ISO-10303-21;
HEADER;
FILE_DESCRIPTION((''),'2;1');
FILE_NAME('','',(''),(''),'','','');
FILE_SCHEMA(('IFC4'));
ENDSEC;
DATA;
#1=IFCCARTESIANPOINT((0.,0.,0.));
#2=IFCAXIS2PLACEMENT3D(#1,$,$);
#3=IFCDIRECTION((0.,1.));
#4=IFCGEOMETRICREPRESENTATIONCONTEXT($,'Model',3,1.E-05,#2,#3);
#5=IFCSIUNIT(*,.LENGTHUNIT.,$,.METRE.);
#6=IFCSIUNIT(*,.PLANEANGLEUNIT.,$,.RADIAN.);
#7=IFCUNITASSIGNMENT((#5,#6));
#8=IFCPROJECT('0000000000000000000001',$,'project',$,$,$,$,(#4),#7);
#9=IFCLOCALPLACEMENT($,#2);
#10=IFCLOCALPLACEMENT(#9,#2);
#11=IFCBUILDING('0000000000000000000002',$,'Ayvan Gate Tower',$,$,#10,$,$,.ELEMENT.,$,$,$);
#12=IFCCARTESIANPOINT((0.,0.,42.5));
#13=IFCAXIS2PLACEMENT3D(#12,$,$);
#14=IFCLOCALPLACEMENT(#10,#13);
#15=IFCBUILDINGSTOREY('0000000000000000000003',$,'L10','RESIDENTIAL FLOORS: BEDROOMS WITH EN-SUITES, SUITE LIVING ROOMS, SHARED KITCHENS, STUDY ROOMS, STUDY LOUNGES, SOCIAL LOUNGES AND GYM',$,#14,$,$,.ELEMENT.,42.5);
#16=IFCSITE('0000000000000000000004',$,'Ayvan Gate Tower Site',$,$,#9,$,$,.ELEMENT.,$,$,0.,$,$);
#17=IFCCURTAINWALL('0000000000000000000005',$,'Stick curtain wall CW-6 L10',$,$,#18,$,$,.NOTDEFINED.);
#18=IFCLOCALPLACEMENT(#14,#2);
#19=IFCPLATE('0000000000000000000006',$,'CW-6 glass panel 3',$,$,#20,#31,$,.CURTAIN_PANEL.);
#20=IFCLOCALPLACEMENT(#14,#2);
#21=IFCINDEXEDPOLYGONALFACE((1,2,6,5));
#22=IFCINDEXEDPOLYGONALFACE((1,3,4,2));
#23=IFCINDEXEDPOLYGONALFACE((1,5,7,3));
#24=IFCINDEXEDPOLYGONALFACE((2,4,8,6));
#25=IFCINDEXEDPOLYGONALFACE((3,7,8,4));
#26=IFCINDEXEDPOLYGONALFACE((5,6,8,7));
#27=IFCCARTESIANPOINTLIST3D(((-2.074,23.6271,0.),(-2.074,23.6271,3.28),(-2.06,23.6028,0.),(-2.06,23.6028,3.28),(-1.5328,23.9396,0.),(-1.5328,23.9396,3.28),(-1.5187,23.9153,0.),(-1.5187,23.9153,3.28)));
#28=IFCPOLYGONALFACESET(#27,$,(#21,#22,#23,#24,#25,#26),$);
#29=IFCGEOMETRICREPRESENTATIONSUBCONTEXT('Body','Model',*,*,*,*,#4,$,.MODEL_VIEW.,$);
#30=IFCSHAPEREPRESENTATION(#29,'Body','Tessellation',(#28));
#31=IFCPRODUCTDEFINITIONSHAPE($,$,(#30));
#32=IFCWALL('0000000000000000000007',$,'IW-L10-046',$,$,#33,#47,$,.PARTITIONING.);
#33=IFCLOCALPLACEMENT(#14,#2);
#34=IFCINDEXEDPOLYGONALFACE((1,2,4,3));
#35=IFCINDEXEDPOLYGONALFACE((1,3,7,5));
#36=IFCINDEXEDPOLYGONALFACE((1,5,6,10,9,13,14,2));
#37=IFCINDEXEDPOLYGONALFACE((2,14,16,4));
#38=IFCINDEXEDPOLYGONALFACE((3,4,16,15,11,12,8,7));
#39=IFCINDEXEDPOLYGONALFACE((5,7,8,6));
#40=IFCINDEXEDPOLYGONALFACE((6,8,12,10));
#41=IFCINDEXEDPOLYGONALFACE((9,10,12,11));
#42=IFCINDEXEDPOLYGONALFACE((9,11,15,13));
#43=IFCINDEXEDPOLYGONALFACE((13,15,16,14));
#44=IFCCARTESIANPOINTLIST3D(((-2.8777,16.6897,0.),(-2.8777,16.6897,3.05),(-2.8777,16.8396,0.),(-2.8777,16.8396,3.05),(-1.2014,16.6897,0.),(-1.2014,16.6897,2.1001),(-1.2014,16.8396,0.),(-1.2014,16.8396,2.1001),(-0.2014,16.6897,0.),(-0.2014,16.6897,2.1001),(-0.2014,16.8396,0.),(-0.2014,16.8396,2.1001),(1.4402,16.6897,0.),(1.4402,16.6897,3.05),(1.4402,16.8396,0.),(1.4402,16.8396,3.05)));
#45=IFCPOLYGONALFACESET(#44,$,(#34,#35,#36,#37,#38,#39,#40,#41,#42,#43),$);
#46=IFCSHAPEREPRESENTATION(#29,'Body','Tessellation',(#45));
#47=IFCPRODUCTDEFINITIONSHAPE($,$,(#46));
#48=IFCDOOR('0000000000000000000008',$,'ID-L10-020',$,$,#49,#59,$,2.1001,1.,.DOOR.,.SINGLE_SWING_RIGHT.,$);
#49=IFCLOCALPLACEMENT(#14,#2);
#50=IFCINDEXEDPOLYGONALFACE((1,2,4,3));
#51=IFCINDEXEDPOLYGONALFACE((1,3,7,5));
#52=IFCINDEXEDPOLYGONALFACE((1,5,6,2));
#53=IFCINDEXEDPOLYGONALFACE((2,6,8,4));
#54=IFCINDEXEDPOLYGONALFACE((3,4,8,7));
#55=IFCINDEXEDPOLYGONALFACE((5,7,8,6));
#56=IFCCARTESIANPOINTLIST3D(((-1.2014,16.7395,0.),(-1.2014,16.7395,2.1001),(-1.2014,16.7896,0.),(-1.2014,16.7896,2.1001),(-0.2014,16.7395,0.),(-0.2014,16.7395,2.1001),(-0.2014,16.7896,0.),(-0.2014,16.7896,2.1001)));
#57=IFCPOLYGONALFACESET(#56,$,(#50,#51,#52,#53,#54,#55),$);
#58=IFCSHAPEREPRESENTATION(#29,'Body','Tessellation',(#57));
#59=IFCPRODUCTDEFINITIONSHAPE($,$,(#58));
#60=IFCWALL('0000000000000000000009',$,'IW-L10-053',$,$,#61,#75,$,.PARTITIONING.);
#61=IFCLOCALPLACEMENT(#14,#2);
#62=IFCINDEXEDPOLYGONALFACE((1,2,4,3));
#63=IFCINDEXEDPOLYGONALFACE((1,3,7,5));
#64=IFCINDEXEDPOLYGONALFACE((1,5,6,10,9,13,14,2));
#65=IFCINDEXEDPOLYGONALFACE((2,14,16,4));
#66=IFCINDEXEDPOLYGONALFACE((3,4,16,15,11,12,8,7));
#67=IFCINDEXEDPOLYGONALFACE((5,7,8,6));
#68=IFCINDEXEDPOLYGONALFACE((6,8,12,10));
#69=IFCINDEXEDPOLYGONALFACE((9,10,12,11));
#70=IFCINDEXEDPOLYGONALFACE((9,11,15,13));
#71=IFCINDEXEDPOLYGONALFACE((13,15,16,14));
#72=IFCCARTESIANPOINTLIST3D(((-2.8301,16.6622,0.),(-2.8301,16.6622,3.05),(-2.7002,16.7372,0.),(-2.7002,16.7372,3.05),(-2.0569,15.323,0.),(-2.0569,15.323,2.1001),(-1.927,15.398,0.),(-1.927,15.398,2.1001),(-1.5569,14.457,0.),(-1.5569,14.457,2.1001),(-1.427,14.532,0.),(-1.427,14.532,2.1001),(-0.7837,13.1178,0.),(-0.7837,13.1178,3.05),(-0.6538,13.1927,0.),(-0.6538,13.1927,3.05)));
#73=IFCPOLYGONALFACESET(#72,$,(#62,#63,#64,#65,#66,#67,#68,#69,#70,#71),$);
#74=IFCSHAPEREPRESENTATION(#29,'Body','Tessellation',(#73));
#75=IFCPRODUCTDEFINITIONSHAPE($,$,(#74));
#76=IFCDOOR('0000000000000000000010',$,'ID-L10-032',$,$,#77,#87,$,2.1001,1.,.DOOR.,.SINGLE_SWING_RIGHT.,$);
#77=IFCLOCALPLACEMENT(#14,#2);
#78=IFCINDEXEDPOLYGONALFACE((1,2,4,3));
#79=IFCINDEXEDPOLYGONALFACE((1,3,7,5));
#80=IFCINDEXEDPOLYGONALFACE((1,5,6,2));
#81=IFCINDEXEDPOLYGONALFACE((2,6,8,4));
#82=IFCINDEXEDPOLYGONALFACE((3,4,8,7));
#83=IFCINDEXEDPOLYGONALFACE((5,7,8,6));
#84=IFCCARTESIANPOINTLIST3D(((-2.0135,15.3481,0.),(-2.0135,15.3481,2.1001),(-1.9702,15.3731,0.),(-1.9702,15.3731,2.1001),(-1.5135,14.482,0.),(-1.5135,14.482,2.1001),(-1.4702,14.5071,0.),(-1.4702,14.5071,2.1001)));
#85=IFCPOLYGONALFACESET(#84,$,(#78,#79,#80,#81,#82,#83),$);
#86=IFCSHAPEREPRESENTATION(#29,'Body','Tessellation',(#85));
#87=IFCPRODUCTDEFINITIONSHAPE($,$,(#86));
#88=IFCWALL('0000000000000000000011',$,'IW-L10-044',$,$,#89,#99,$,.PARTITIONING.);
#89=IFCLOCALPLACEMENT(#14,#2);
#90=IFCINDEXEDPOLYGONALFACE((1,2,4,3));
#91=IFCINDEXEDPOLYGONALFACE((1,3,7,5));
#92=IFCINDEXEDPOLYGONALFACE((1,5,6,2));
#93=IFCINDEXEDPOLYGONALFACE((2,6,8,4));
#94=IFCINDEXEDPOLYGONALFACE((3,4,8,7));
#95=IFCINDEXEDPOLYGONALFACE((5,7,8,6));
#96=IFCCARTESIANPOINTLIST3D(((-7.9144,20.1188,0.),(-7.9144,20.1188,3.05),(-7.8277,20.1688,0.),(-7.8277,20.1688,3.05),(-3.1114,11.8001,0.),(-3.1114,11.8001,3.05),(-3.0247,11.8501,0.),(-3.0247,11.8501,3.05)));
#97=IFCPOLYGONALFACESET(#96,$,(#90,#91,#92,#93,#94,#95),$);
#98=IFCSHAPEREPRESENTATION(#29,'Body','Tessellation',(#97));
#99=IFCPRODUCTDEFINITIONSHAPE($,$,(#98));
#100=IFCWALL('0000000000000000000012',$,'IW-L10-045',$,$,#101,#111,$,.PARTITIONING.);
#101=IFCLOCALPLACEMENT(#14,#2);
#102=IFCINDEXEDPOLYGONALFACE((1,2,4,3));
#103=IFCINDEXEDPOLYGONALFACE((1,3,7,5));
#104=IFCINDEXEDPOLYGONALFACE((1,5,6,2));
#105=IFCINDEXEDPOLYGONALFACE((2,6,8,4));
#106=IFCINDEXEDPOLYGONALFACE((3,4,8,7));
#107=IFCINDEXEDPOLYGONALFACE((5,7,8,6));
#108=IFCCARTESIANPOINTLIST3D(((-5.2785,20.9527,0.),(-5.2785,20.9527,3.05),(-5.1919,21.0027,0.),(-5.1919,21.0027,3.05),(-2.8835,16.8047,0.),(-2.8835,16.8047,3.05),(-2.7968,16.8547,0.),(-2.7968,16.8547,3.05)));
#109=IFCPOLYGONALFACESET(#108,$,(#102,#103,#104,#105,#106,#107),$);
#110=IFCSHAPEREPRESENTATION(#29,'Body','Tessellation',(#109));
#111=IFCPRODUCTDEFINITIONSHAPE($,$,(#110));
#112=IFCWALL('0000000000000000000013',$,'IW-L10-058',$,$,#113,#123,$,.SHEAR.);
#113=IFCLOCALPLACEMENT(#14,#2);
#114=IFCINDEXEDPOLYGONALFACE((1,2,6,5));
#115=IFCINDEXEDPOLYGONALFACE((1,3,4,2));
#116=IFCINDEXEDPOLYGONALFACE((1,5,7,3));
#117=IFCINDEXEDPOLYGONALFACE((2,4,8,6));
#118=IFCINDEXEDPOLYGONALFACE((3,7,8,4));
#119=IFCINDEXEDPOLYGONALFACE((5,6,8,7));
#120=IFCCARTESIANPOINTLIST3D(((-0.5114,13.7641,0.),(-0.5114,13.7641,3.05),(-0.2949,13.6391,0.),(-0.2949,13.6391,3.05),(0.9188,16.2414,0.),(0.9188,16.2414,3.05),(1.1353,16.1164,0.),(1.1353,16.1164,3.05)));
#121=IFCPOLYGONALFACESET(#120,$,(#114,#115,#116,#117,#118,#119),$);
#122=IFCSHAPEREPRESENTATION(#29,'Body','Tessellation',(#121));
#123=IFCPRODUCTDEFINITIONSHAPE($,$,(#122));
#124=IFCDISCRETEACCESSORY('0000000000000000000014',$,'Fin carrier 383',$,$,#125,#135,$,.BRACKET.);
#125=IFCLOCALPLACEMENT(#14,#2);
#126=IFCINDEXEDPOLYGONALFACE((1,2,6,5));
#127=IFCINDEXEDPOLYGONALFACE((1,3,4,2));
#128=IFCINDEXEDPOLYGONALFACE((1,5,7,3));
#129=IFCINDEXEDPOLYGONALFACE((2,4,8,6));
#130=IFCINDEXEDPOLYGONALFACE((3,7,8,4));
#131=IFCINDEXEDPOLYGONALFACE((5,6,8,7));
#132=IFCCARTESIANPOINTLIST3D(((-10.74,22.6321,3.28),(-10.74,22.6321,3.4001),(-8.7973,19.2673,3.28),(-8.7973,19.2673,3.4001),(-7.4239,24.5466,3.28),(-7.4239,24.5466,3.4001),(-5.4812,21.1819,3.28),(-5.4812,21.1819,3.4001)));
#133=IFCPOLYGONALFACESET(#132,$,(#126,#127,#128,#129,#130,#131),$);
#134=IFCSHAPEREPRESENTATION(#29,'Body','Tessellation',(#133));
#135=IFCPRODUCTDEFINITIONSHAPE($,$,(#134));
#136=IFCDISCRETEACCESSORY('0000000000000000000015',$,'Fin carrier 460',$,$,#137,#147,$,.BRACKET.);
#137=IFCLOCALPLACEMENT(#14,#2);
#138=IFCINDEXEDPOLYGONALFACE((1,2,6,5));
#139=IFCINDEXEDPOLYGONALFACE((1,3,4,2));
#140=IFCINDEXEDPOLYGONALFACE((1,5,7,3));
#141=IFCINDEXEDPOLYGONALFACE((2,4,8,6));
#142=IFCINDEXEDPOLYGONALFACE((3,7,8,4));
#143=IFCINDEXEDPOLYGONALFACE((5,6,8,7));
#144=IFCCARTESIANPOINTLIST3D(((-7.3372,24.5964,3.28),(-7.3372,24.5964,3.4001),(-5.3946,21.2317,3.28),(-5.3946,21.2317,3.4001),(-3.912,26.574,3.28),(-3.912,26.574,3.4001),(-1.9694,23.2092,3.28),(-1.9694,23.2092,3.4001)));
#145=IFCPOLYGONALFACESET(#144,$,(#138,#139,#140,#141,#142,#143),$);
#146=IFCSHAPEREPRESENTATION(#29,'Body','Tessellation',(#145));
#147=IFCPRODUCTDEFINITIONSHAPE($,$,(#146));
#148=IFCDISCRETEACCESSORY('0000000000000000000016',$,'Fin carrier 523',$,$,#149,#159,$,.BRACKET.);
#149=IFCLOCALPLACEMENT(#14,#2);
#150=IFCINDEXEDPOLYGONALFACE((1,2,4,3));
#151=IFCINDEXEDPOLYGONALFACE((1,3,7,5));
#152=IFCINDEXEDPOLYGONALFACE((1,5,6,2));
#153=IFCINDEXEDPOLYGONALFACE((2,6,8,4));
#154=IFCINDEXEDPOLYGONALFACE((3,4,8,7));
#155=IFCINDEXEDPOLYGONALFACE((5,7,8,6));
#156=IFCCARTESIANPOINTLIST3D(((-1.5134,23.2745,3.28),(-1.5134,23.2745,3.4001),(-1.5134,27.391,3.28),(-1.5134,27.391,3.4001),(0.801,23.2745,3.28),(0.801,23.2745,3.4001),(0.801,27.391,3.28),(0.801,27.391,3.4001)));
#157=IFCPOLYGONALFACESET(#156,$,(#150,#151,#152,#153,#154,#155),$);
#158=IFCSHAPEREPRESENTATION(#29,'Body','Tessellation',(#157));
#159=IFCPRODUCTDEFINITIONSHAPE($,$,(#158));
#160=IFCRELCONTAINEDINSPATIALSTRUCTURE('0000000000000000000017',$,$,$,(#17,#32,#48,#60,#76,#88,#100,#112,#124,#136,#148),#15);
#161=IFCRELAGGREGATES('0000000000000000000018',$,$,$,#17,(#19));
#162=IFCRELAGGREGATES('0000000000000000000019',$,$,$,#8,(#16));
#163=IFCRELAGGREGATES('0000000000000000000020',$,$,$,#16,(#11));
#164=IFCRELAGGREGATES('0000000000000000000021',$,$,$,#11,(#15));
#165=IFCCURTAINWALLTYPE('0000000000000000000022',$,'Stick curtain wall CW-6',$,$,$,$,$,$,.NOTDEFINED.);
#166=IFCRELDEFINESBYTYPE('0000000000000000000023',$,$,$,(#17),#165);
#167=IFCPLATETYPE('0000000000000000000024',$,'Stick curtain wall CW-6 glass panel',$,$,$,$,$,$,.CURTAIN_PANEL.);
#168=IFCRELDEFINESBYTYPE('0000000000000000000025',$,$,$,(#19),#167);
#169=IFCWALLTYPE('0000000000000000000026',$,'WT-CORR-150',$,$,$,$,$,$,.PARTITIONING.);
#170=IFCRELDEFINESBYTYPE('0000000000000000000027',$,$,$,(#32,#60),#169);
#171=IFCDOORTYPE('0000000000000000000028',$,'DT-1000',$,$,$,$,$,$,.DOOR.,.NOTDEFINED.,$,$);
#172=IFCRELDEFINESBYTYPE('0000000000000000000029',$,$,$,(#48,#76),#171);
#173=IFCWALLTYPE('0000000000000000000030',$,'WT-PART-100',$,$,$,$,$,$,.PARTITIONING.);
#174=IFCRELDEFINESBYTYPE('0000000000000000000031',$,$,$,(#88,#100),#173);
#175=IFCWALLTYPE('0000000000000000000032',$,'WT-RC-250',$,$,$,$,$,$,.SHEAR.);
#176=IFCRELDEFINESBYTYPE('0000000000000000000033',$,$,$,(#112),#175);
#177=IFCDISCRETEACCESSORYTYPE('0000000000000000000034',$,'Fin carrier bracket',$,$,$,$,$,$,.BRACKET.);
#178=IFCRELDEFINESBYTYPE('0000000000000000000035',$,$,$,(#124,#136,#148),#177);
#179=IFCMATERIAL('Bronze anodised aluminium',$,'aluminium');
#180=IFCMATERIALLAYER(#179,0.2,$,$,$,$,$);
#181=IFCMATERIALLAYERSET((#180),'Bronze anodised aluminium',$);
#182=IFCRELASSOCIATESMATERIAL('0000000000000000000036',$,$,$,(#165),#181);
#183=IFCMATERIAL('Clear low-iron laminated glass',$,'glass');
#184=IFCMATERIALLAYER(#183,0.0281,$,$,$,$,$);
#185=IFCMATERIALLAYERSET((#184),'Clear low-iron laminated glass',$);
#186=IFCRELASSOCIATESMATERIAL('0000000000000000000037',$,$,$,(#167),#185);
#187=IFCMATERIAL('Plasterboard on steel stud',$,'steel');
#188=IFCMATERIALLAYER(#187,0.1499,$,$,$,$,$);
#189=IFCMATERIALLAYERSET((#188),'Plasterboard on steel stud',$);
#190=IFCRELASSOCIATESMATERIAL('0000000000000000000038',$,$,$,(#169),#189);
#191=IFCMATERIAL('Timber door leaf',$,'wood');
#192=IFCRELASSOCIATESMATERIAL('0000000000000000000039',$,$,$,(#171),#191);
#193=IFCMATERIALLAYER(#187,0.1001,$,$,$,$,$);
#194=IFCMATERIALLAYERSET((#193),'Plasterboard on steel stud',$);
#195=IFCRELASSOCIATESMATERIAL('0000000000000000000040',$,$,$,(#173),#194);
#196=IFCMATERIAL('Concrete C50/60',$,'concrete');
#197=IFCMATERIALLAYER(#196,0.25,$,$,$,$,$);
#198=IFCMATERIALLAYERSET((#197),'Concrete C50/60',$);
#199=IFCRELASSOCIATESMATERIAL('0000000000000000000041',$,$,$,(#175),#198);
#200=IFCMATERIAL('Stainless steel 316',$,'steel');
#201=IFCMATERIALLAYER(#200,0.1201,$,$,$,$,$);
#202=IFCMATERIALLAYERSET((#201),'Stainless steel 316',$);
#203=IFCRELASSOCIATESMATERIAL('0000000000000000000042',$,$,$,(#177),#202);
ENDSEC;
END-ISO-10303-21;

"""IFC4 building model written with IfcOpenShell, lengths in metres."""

from ifc_helpers import new_model, si_unit, direction, frame, frame_2d, origin, origin_2d, place, context, subcontext, project, spatial, rectangle, extrude, material, layer, layer_set, type_object, element, fill, aggregate, save


model = new_model("IFC4")

# Units and contexts
model_context = context("Model", 3, precision=1e-05, world=origin(), true_north=direction((0.0, 1.0)))
body_context = subcontext(model_context, "Body", "Model", "MODEL_VIEW")
ifc_project = project(units=[si_unit("LENGTHUNIT", "METRE"), si_unit("PLANEANGLEUNIT", "RADIAN")], contexts=[model_context])

# Site, building, storey
site_placement = place(None, origin())
site = spatial("IfcSite", under=ifc_project, at=site_placement, Name="Ayvan Gate Tower Site", CompositionType="ELEMENT", RefElevation=0.0)
building_placement = place(site_placement, origin())
building = spatial("IfcBuilding", under=site, at=building_placement, Name="Ayvan Gate Tower", CompositionType="ELEMENT")
storey_placement = place(building_placement, frame((0.0, 0.0, 42.5)))
storey = spatial("IfcBuildingStorey", under=building, at=storey_placement, Name="L10", Description="RESIDENTIAL FLOORS: BEDROOMS WITH EN-SUITES, SUITE LIVING ROOMS, SHARED KITCHENS, STUDY ROOMS, STUDY LOUNGES, SOCIAL LOUNGES AND GYM", CompositionType="ELEMENT", Elevation=42.5)

# Curtain wall
ifc_material_1 = material(Name="Bronze anodised aluminium", Category="aluminium")
ifc_layer_1 = layer(ifc_material_1, 0.2)
ifc_layer_set_1 = layer_set([ifc_layer_1], Name="Bronze anodised aluminium")
curtain_wall_type_1 = type_object("IfcCurtainWallType", Name="Stick curtain wall CW-6", PredefinedType="NOTDEFINED", material=ifc_layer_set_1)
curtain_wall_1_placement = place(storey_placement, origin())
curtain_wall_1 = element("IfcCurtainWall", 1, at=curtain_wall_1_placement, inside=storey, type_object=curtain_wall_type_1, Name="Stick curtain wall CW-6 L10", PredefinedType="NOTDEFINED")

# Plate
ifc_material_2 = material(Name="Clear low-iron laminated glass", Category="glass")
ifc_layer_2 = layer(ifc_material_2, 0.0281)
ifc_layer_set_2 = layer_set([ifc_layer_2], Name="Clear low-iron laminated glass")
plate_type_1 = type_object("IfcPlateType", Name="Stick curtain wall CW-6 glass panel", PredefinedType="CURTAIN_PANEL", material=ifc_layer_set_2)
plate_1_placement = place(storey_placement, frame((-1.7964, 23.7712, 0.0), z_axis=(0.0, 0.0, 1.0), x_axis=(-0.866025, -0.5, 0.0)))
plate_1 = element("IfcPlate", 2, at=plate_1_placement, type_object=plate_type_1, Name="CW-6 glass panel 3", PredefinedType="CURTAIN_PANEL", context=body_context, shape_type="SweptSolid", body=[
    extrude(rectangle(XDim=0.625, YDim=0.0281, at=origin_2d()), origin(), (0.0, 0.0, 1.0), 3.28),
])
aggregate(curtain_wall_1, [plate_1])

# Walls, openings, doors
ifc_material_3 = material(Name="Plasterboard on steel stud", Category="steel")
ifc_layer_3 = layer(ifc_material_3, 0.1499)
ifc_layer_set_3 = layer_set([ifc_layer_3], Name="Plasterboard on steel stud")
wall_type_1 = type_object("IfcWallType", Name="WT-CORR-150", PredefinedType="PARTITIONING", material=ifc_layer_set_3)
wall_1_placement = place(storey_placement, frame((-2.8777, 16.7646, 0.0), z_axis=(0.0, 0.0, 1.0), x_axis=(1.0, 0.0, 0.0)))
wall_1 = element("IfcWall", 3, at=wall_1_placement, inside=storey, type_object=wall_type_1, Name="IW-L10-046", PredefinedType="PARTITIONING", context=body_context, shape_type="SweptSolid", body=[
    extrude(rectangle(XDim=4.3179, YDim=0.1499, at=frame_2d((2.1589, 0.0))), origin(), (0.0, 0.0, 1.0), 3.05),
])
opening_1_placement = place(wall_1_placement, frame((1.6763, 0.0, 0.0)))
opening_1 = element("IfcOpeningElement", 4, at=opening_1_placement, cuts=wall_1, PredefinedType="OPENING", context=body_context, shape_type="SweptSolid", body=[
    extrude(rectangle(XDim=1.0, YDim=2.1001, at=frame_2d((0.5, 1.05))), frame((0.0, 0.085, 0.0), z_axis=(0.0, -1.0, 0.0), x_axis=(1.0, 0.0, 0.0)), (0.0, 0.0, 1.0), 0.1699),
])
ifc_material_4 = material(Name="Timber door leaf", Category="wood")
door_type = type_object("IfcDoorType", Name="DT-1000", OperationType="NOTDEFINED", PredefinedType="DOOR", material=ifc_material_4)
door_1_placement = place(opening_1_placement, origin())
door_1 = element("IfcDoor", 5, at=door_1_placement, inside=storey, type_object=door_type, Name="ID-L10-020", OperationType="SINGLE_SWING_RIGHT", OverallHeight=2.1001, OverallWidth=1.0, PredefinedType="DOOR", context=body_context, shape_type="SweptSolid", body=[
    extrude(rectangle(XDim=1.0, YDim=2.1001, at=frame_2d((0.5, 1.05))), frame((0.0, 0.0249, 0.0), z_axis=(0.0, -1.0, 0.0), x_axis=(1.0, 0.0, 0.0)), (0.0, 0.0, 1.0), 0.05),
])
fill(opening_1, door_1)
wall_2_placement = place(storey_placement, frame((-0.7188, 13.1553, 0.0), z_axis=(0.0, 0.0, 1.0), x_axis=(-0.500001, 0.866025, 0.0)))
wall_2 = element("IfcWall", 6, at=wall_2_placement, inside=storey, type_object=wall_type_1, Name="IW-L10-053", PredefinedType="PARTITIONING", context=body_context, shape_type="SweptSolid", body=[
    extrude(rectangle(XDim=4.0928, YDim=0.1499, at=frame_2d((2.0464, 0.0))), origin(), (0.0, 0.0, 1.0), 3.05),
])
opening_2_placement = place(wall_2_placement, frame((1.5464, 0.0, 0.0)))
opening_2 = element("IfcOpeningElement", 7, at=opening_2_placement, cuts=wall_2, PredefinedType="OPENING", context=body_context, shape_type="SweptSolid", body=[
    extrude(rectangle(XDim=1.0, YDim=2.1001, at=frame_2d((0.5, 1.05))), frame((0.0, 0.085, 0.0), z_axis=(0.0, -1.0, 0.0), x_axis=(1.0, 0.0, 0.0)), (0.0, 0.0, 1.0), 0.1699),
])
door_2_placement = place(opening_2_placement, origin())
door_2 = element("IfcDoor", 8, at=door_2_placement, inside=storey, type_object=door_type, Name="ID-L10-032", OperationType="SINGLE_SWING_RIGHT", OverallHeight=2.1001, OverallWidth=1.0, PredefinedType="DOOR", context=body_context, shape_type="SweptSolid", body=[
    extrude(rectangle(XDim=1.0, YDim=2.1001, at=frame_2d((0.5, 1.05))), frame((0.0, 0.0249, 0.0), z_axis=(0.0, -1.0, 0.0), x_axis=(1.0, 0.0, 0.0)), (0.0, 0.0, 1.0), 0.05),
])
fill(opening_2, door_2)

# Walls
ifc_layer_4 = layer(ifc_material_3, 0.1001)
ifc_layer_set_4 = layer_set([ifc_layer_4], Name="Plasterboard on steel stud")
wall_type_2 = type_object("IfcWallType", Name="WT-PART-100", PredefinedType="PARTITIONING", material=ifc_layer_set_4)
wall_3_placement = place(storey_placement, frame((-3.0681, 11.8252, 0.0), z_axis=(0.0, 0.0, 1.0), x_axis=(-0.500018, 0.866015, 0.0)))
element("IfcWall", 9, at=wall_3_placement, inside=storey, type_object=wall_type_2, Name="IW-L10-044", PredefinedType="PARTITIONING", context=body_context, shape_type="SweptSolid", body=[
    extrude(rectangle(XDim=9.6057, YDim=0.1001, at=frame_2d((4.8027, 0.0))), origin(), (0.0, 0.0, 1.0), 3.05),
])
wall_4_placement = place(storey_placement, frame((-2.8401, 16.8296, 0.0), z_axis=(0.0, 0.0, 1.0), x_axis=(-0.500031, 0.866007, 0.0)))
element("IfcWall", 10, at=wall_4_placement, inside=storey, type_object=wall_type_2, Name="IW-L10-045", PredefinedType="PARTITIONING", context=body_context, shape_type="SweptSolid", body=[
    extrude(rectangle(XDim=4.7898, YDim=0.1001, at=frame_2d((2.395, 0.0))), origin(), (0.0, 0.0, 1.0), 3.05),
])
ifc_material_5 = material(Name="Concrete C50/60", Category="concrete")
ifc_layer_5 = layer(ifc_material_5, 0.25)
ifc_layer_set_5 = layer_set([ifc_layer_5], Name="Concrete C50/60")
wall_type_3 = type_object("IfcWallType", Name="WT-RC-250", PredefinedType="SHEAR", material=ifc_layer_set_5)
wall_5_placement = place(storey_placement, frame((-0.4031, 13.7017, 0.0), z_axis=(0.0, 0.0, 1.0), x_axis=(0.499976, 0.866039, 0.0)))
element("IfcWall", 11, at=wall_5_placement, inside=storey, type_object=wall_type_3, Name="IW-L10-058", PredefinedType="SHEAR", context=body_context, shape_type="SweptSolid", body=[
    extrude(rectangle(XDim=2.8606, YDim=0.25, at=frame_2d((1.4302, 0.0))), origin(), (0.0, 0.0, 1.0), 3.05),
])

# Discrete accessories
ifc_material_6 = material(Name="Stainless steel 316", Category="steel")
ifc_layer_6 = layer(ifc_material_6, 0.1201)
ifc_layer_set_6 = layer_set([ifc_layer_6], Name="Stainless steel 316")
discrete_accessory_type = type_object("IfcDiscreteAccessoryType", Name="Fin carrier bracket", PredefinedType="BRACKET", material=ifc_layer_set_6)
discrete_accessory_1_placement = place(storey_placement, frame((-8.1106, 21.907, 3.28), z_axis=(0.0, 0.0, 1.0), x_axis=(-0.866025, -0.5, 0.0)))
element("IfcDiscreteAccessory", 12, at=discrete_accessory_1_placement, inside=storey, type_object=discrete_accessory_type, Name="Fin carrier 383", PredefinedType="BRACKET", context=body_context, shape_type="SweptSolid", body=[
    extrude(rectangle(XDim=3.8291, YDim=3.8853, at=origin_2d()), origin(), (0.0, 0.0, 1.0), 0.1201),
])
discrete_accessory_2_placement = place(storey_placement, frame((-4.6533, 23.9028, 3.28), z_axis=(0.0, 0.0, 1.0), x_axis=(-0.866025, -0.5, 0.0)))
element("IfcDiscreteAccessory", 13, at=discrete_accessory_2_placement, inside=storey, type_object=discrete_accessory_type, Name="Fin carrier 460", PredefinedType="BRACKET", context=body_context, shape_type="SweptSolid", body=[
    extrude(rectangle(XDim=3.9551, YDim=3.8853, at=origin_2d()), origin(), (0.0, 0.0, 1.0), 0.1201),
])
discrete_accessory_3_placement = place(storey_placement, frame((-0.3562, 25.3328, 3.28), z_axis=(0.0, 0.0, 1.0), x_axis=(-1.0, 0.0, 0.0)))
element("IfcDiscreteAccessory", 14, at=discrete_accessory_3_placement, inside=storey, type_object=discrete_accessory_type, Name="Fin carrier 523", PredefinedType="BRACKET", context=body_context, shape_type="SweptSolid", body=[
    extrude(rectangle(XDim=2.3145, YDim=4.1165, at=origin_2d()), origin(), (0.0, 0.0, 1.0), 0.1201),
])

save(model, "model.ifc")
